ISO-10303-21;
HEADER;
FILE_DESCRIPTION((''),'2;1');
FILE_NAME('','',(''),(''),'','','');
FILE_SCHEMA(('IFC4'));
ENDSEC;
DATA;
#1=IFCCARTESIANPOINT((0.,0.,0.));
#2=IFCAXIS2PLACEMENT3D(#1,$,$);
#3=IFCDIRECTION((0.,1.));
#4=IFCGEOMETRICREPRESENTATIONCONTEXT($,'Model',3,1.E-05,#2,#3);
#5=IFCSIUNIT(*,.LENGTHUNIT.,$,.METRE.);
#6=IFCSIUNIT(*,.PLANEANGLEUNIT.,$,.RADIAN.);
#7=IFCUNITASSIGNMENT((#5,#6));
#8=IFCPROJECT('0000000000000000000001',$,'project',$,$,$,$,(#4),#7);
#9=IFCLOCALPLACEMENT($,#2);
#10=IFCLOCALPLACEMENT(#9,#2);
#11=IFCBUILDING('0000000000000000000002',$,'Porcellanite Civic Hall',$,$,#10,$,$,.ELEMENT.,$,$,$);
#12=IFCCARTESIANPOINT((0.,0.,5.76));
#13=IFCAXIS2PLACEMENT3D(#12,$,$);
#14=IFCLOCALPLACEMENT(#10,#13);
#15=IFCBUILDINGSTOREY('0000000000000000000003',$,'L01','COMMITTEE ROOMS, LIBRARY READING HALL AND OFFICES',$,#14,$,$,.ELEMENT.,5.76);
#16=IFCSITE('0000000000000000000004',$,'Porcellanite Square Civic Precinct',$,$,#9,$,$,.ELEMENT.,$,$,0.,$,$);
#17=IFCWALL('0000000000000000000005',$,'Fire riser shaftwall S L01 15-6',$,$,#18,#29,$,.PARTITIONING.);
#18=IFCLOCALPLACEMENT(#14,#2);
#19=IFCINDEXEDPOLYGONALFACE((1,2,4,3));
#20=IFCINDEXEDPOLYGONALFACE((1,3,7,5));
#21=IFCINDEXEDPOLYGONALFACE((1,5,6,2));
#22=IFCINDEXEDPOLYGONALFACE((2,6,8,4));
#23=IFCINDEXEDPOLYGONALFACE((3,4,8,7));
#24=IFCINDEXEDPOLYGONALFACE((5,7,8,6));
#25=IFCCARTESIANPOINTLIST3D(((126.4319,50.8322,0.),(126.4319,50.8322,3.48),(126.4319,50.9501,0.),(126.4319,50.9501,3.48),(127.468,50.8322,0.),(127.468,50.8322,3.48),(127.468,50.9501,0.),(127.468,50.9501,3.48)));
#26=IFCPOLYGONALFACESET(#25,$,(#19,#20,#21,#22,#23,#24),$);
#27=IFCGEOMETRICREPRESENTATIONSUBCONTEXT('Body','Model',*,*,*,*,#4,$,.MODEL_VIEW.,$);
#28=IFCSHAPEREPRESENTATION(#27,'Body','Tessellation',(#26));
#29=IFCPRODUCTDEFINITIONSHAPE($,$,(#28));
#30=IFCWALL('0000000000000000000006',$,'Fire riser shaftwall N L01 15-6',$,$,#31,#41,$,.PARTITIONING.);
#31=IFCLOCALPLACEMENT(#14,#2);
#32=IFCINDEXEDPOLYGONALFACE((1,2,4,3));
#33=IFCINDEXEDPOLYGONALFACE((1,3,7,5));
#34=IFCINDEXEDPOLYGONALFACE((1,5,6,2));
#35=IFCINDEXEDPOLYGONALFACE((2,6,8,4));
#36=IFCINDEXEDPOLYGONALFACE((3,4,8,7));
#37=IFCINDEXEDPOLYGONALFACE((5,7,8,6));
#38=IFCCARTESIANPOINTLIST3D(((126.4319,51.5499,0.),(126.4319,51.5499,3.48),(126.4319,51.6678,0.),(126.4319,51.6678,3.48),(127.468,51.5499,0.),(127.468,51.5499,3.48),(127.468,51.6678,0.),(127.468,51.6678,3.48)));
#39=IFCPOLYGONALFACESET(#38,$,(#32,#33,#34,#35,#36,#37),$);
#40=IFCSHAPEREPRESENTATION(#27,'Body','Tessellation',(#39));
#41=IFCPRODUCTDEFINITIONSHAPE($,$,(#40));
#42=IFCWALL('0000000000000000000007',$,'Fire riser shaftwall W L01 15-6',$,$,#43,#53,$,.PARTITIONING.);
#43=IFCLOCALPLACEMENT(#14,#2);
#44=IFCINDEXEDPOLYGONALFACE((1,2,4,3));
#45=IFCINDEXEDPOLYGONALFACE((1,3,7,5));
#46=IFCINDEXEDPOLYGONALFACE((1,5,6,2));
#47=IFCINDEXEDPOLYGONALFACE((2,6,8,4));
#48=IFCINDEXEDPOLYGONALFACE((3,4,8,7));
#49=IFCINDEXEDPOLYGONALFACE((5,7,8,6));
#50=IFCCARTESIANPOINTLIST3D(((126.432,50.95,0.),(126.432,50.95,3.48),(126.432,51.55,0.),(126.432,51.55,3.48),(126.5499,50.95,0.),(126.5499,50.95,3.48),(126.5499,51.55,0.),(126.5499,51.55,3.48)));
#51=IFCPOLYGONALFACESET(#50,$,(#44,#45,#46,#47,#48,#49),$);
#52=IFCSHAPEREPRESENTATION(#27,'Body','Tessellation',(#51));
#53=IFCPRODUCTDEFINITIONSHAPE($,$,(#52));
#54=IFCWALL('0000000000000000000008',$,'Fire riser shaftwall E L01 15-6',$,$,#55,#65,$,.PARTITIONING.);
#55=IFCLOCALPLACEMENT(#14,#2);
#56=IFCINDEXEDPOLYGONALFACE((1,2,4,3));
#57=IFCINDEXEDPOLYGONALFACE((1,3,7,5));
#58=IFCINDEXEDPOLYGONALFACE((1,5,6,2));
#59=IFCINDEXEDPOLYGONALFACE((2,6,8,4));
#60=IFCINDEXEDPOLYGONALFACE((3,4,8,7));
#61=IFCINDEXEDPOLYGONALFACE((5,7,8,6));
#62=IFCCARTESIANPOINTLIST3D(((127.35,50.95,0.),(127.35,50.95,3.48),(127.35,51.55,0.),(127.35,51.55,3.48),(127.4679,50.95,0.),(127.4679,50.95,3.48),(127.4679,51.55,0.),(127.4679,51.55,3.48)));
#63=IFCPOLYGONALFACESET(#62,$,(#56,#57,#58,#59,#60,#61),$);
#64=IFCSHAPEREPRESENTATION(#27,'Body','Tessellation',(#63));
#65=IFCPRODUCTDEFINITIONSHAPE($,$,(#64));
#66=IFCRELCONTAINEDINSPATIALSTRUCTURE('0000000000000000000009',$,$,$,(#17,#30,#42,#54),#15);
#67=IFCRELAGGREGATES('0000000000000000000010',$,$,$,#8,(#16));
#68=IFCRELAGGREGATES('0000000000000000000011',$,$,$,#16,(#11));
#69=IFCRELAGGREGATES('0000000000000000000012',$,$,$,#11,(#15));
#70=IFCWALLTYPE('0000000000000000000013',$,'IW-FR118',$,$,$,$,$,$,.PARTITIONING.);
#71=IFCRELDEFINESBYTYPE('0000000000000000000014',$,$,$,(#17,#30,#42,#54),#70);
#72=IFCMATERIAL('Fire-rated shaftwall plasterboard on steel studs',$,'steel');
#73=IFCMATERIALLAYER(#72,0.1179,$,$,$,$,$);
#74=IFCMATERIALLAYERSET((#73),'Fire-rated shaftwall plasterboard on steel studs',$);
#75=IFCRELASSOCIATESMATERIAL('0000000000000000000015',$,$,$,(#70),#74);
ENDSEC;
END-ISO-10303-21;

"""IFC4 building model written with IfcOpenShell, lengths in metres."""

from ifc_helpers import new_model, si_unit, direction, frame, frame_2d, origin, place, context, subcontext, project, spatial, rectangle, extrude, material, layer, layer_set, type_object, element, save


model = new_model("IFC4")

# Units and contexts
model_context = context("Model", 3, precision=1e-05, world=origin(), true_north=direction((0.0, 1.0)))
body_context = subcontext(model_context, "Body", "Model", "MODEL_VIEW")
ifc_project = project(units=[si_unit("LENGTHUNIT", "METRE"), si_unit("PLANEANGLEUNIT", "RADIAN")], contexts=[model_context])

# Site, building, storey
site_placement = place(None, origin())
site = spatial("IfcSite", under=ifc_project, at=site_placement, Name="Porcellanite Square Civic Precinct", CompositionType="ELEMENT", RefElevation=0.0)
building_placement = place(site_placement, origin())
building = spatial("IfcBuilding", under=site, at=building_placement, Name="Porcellanite Civic Hall", CompositionType="ELEMENT")
storey_placement = place(building_placement, frame((0.0, 0.0, 5.76)))
storey = spatial("IfcBuildingStorey", under=building, at=storey_placement, Name="L01", Description="COMMITTEE ROOMS, LIBRARY READING HALL AND OFFICES", CompositionType="ELEMENT", Elevation=5.76)

# Walls
ifc_material_1 = material(Name="Fire-rated shaftwall plasterboard on steel studs", Category="steel")
ifc_layer_1 = layer(ifc_material_1, 0.1179)
ifc_layer_set_1 = layer_set([ifc_layer_1], Name="Fire-rated shaftwall plasterboard on steel studs")
wall_type = type_object("IfcWallType", Name="IW-FR118", PredefinedType="PARTITIONING", material=ifc_layer_set_1)
for number, where, z_axis, x_axis, name in (
    (1, (126.4319, 50.8911, 0.0), (0.0, 0.0, 1.0), (1.0, 0.0, 0.0), "Fire riser shaftwall S L01 15-6"),
    (2, (126.4319, 51.6089, 0.0), (0.0, 0.0, 1.0), (1.0, 0.0, 0.0), "Fire riser shaftwall N L01 15-6"),
):
    element("IfcWall", number, at=place(storey_placement, frame(where, z_axis=z_axis, x_axis=x_axis)), inside=storey, type_object=wall_type, Name=name, PredefinedType="PARTITIONING", context=body_context, shape_type="SweptSolid", body=[
        extrude(rectangle(XDim=1.0361, YDim=0.1179, at=frame_2d((0.5181, 0.0))), origin(), (0.0, 0.0, 1.0), 3.48),
    ])
for number, where, z_axis, x_axis, name in (
    (3, (126.491, 50.95, 0.0), (0.0, 0.0, 1.0), (0.0, 1.0, 0.0), "Fire riser shaftwall W L01 15-6"),
    (4, (127.4089, 50.95, 0.0), (0.0, 0.0, 1.0), (0.0, 1.0, 0.0), "Fire riser shaftwall E L01 15-6"),
):
    element("IfcWall", number, at=place(storey_placement, frame(where, z_axis=z_axis, x_axis=x_axis)), inside=storey, type_object=wall_type, Name=name, PredefinedType="PARTITIONING", context=body_context, shape_type="SweptSolid", body=[
        extrude(rectangle(XDim=0.6001, YDim=0.1179, at=frame_2d((0.3, 0.0))), origin(), (0.0, 0.0, 1.0), 3.48),
    ])

save(model, "model.ifc")
